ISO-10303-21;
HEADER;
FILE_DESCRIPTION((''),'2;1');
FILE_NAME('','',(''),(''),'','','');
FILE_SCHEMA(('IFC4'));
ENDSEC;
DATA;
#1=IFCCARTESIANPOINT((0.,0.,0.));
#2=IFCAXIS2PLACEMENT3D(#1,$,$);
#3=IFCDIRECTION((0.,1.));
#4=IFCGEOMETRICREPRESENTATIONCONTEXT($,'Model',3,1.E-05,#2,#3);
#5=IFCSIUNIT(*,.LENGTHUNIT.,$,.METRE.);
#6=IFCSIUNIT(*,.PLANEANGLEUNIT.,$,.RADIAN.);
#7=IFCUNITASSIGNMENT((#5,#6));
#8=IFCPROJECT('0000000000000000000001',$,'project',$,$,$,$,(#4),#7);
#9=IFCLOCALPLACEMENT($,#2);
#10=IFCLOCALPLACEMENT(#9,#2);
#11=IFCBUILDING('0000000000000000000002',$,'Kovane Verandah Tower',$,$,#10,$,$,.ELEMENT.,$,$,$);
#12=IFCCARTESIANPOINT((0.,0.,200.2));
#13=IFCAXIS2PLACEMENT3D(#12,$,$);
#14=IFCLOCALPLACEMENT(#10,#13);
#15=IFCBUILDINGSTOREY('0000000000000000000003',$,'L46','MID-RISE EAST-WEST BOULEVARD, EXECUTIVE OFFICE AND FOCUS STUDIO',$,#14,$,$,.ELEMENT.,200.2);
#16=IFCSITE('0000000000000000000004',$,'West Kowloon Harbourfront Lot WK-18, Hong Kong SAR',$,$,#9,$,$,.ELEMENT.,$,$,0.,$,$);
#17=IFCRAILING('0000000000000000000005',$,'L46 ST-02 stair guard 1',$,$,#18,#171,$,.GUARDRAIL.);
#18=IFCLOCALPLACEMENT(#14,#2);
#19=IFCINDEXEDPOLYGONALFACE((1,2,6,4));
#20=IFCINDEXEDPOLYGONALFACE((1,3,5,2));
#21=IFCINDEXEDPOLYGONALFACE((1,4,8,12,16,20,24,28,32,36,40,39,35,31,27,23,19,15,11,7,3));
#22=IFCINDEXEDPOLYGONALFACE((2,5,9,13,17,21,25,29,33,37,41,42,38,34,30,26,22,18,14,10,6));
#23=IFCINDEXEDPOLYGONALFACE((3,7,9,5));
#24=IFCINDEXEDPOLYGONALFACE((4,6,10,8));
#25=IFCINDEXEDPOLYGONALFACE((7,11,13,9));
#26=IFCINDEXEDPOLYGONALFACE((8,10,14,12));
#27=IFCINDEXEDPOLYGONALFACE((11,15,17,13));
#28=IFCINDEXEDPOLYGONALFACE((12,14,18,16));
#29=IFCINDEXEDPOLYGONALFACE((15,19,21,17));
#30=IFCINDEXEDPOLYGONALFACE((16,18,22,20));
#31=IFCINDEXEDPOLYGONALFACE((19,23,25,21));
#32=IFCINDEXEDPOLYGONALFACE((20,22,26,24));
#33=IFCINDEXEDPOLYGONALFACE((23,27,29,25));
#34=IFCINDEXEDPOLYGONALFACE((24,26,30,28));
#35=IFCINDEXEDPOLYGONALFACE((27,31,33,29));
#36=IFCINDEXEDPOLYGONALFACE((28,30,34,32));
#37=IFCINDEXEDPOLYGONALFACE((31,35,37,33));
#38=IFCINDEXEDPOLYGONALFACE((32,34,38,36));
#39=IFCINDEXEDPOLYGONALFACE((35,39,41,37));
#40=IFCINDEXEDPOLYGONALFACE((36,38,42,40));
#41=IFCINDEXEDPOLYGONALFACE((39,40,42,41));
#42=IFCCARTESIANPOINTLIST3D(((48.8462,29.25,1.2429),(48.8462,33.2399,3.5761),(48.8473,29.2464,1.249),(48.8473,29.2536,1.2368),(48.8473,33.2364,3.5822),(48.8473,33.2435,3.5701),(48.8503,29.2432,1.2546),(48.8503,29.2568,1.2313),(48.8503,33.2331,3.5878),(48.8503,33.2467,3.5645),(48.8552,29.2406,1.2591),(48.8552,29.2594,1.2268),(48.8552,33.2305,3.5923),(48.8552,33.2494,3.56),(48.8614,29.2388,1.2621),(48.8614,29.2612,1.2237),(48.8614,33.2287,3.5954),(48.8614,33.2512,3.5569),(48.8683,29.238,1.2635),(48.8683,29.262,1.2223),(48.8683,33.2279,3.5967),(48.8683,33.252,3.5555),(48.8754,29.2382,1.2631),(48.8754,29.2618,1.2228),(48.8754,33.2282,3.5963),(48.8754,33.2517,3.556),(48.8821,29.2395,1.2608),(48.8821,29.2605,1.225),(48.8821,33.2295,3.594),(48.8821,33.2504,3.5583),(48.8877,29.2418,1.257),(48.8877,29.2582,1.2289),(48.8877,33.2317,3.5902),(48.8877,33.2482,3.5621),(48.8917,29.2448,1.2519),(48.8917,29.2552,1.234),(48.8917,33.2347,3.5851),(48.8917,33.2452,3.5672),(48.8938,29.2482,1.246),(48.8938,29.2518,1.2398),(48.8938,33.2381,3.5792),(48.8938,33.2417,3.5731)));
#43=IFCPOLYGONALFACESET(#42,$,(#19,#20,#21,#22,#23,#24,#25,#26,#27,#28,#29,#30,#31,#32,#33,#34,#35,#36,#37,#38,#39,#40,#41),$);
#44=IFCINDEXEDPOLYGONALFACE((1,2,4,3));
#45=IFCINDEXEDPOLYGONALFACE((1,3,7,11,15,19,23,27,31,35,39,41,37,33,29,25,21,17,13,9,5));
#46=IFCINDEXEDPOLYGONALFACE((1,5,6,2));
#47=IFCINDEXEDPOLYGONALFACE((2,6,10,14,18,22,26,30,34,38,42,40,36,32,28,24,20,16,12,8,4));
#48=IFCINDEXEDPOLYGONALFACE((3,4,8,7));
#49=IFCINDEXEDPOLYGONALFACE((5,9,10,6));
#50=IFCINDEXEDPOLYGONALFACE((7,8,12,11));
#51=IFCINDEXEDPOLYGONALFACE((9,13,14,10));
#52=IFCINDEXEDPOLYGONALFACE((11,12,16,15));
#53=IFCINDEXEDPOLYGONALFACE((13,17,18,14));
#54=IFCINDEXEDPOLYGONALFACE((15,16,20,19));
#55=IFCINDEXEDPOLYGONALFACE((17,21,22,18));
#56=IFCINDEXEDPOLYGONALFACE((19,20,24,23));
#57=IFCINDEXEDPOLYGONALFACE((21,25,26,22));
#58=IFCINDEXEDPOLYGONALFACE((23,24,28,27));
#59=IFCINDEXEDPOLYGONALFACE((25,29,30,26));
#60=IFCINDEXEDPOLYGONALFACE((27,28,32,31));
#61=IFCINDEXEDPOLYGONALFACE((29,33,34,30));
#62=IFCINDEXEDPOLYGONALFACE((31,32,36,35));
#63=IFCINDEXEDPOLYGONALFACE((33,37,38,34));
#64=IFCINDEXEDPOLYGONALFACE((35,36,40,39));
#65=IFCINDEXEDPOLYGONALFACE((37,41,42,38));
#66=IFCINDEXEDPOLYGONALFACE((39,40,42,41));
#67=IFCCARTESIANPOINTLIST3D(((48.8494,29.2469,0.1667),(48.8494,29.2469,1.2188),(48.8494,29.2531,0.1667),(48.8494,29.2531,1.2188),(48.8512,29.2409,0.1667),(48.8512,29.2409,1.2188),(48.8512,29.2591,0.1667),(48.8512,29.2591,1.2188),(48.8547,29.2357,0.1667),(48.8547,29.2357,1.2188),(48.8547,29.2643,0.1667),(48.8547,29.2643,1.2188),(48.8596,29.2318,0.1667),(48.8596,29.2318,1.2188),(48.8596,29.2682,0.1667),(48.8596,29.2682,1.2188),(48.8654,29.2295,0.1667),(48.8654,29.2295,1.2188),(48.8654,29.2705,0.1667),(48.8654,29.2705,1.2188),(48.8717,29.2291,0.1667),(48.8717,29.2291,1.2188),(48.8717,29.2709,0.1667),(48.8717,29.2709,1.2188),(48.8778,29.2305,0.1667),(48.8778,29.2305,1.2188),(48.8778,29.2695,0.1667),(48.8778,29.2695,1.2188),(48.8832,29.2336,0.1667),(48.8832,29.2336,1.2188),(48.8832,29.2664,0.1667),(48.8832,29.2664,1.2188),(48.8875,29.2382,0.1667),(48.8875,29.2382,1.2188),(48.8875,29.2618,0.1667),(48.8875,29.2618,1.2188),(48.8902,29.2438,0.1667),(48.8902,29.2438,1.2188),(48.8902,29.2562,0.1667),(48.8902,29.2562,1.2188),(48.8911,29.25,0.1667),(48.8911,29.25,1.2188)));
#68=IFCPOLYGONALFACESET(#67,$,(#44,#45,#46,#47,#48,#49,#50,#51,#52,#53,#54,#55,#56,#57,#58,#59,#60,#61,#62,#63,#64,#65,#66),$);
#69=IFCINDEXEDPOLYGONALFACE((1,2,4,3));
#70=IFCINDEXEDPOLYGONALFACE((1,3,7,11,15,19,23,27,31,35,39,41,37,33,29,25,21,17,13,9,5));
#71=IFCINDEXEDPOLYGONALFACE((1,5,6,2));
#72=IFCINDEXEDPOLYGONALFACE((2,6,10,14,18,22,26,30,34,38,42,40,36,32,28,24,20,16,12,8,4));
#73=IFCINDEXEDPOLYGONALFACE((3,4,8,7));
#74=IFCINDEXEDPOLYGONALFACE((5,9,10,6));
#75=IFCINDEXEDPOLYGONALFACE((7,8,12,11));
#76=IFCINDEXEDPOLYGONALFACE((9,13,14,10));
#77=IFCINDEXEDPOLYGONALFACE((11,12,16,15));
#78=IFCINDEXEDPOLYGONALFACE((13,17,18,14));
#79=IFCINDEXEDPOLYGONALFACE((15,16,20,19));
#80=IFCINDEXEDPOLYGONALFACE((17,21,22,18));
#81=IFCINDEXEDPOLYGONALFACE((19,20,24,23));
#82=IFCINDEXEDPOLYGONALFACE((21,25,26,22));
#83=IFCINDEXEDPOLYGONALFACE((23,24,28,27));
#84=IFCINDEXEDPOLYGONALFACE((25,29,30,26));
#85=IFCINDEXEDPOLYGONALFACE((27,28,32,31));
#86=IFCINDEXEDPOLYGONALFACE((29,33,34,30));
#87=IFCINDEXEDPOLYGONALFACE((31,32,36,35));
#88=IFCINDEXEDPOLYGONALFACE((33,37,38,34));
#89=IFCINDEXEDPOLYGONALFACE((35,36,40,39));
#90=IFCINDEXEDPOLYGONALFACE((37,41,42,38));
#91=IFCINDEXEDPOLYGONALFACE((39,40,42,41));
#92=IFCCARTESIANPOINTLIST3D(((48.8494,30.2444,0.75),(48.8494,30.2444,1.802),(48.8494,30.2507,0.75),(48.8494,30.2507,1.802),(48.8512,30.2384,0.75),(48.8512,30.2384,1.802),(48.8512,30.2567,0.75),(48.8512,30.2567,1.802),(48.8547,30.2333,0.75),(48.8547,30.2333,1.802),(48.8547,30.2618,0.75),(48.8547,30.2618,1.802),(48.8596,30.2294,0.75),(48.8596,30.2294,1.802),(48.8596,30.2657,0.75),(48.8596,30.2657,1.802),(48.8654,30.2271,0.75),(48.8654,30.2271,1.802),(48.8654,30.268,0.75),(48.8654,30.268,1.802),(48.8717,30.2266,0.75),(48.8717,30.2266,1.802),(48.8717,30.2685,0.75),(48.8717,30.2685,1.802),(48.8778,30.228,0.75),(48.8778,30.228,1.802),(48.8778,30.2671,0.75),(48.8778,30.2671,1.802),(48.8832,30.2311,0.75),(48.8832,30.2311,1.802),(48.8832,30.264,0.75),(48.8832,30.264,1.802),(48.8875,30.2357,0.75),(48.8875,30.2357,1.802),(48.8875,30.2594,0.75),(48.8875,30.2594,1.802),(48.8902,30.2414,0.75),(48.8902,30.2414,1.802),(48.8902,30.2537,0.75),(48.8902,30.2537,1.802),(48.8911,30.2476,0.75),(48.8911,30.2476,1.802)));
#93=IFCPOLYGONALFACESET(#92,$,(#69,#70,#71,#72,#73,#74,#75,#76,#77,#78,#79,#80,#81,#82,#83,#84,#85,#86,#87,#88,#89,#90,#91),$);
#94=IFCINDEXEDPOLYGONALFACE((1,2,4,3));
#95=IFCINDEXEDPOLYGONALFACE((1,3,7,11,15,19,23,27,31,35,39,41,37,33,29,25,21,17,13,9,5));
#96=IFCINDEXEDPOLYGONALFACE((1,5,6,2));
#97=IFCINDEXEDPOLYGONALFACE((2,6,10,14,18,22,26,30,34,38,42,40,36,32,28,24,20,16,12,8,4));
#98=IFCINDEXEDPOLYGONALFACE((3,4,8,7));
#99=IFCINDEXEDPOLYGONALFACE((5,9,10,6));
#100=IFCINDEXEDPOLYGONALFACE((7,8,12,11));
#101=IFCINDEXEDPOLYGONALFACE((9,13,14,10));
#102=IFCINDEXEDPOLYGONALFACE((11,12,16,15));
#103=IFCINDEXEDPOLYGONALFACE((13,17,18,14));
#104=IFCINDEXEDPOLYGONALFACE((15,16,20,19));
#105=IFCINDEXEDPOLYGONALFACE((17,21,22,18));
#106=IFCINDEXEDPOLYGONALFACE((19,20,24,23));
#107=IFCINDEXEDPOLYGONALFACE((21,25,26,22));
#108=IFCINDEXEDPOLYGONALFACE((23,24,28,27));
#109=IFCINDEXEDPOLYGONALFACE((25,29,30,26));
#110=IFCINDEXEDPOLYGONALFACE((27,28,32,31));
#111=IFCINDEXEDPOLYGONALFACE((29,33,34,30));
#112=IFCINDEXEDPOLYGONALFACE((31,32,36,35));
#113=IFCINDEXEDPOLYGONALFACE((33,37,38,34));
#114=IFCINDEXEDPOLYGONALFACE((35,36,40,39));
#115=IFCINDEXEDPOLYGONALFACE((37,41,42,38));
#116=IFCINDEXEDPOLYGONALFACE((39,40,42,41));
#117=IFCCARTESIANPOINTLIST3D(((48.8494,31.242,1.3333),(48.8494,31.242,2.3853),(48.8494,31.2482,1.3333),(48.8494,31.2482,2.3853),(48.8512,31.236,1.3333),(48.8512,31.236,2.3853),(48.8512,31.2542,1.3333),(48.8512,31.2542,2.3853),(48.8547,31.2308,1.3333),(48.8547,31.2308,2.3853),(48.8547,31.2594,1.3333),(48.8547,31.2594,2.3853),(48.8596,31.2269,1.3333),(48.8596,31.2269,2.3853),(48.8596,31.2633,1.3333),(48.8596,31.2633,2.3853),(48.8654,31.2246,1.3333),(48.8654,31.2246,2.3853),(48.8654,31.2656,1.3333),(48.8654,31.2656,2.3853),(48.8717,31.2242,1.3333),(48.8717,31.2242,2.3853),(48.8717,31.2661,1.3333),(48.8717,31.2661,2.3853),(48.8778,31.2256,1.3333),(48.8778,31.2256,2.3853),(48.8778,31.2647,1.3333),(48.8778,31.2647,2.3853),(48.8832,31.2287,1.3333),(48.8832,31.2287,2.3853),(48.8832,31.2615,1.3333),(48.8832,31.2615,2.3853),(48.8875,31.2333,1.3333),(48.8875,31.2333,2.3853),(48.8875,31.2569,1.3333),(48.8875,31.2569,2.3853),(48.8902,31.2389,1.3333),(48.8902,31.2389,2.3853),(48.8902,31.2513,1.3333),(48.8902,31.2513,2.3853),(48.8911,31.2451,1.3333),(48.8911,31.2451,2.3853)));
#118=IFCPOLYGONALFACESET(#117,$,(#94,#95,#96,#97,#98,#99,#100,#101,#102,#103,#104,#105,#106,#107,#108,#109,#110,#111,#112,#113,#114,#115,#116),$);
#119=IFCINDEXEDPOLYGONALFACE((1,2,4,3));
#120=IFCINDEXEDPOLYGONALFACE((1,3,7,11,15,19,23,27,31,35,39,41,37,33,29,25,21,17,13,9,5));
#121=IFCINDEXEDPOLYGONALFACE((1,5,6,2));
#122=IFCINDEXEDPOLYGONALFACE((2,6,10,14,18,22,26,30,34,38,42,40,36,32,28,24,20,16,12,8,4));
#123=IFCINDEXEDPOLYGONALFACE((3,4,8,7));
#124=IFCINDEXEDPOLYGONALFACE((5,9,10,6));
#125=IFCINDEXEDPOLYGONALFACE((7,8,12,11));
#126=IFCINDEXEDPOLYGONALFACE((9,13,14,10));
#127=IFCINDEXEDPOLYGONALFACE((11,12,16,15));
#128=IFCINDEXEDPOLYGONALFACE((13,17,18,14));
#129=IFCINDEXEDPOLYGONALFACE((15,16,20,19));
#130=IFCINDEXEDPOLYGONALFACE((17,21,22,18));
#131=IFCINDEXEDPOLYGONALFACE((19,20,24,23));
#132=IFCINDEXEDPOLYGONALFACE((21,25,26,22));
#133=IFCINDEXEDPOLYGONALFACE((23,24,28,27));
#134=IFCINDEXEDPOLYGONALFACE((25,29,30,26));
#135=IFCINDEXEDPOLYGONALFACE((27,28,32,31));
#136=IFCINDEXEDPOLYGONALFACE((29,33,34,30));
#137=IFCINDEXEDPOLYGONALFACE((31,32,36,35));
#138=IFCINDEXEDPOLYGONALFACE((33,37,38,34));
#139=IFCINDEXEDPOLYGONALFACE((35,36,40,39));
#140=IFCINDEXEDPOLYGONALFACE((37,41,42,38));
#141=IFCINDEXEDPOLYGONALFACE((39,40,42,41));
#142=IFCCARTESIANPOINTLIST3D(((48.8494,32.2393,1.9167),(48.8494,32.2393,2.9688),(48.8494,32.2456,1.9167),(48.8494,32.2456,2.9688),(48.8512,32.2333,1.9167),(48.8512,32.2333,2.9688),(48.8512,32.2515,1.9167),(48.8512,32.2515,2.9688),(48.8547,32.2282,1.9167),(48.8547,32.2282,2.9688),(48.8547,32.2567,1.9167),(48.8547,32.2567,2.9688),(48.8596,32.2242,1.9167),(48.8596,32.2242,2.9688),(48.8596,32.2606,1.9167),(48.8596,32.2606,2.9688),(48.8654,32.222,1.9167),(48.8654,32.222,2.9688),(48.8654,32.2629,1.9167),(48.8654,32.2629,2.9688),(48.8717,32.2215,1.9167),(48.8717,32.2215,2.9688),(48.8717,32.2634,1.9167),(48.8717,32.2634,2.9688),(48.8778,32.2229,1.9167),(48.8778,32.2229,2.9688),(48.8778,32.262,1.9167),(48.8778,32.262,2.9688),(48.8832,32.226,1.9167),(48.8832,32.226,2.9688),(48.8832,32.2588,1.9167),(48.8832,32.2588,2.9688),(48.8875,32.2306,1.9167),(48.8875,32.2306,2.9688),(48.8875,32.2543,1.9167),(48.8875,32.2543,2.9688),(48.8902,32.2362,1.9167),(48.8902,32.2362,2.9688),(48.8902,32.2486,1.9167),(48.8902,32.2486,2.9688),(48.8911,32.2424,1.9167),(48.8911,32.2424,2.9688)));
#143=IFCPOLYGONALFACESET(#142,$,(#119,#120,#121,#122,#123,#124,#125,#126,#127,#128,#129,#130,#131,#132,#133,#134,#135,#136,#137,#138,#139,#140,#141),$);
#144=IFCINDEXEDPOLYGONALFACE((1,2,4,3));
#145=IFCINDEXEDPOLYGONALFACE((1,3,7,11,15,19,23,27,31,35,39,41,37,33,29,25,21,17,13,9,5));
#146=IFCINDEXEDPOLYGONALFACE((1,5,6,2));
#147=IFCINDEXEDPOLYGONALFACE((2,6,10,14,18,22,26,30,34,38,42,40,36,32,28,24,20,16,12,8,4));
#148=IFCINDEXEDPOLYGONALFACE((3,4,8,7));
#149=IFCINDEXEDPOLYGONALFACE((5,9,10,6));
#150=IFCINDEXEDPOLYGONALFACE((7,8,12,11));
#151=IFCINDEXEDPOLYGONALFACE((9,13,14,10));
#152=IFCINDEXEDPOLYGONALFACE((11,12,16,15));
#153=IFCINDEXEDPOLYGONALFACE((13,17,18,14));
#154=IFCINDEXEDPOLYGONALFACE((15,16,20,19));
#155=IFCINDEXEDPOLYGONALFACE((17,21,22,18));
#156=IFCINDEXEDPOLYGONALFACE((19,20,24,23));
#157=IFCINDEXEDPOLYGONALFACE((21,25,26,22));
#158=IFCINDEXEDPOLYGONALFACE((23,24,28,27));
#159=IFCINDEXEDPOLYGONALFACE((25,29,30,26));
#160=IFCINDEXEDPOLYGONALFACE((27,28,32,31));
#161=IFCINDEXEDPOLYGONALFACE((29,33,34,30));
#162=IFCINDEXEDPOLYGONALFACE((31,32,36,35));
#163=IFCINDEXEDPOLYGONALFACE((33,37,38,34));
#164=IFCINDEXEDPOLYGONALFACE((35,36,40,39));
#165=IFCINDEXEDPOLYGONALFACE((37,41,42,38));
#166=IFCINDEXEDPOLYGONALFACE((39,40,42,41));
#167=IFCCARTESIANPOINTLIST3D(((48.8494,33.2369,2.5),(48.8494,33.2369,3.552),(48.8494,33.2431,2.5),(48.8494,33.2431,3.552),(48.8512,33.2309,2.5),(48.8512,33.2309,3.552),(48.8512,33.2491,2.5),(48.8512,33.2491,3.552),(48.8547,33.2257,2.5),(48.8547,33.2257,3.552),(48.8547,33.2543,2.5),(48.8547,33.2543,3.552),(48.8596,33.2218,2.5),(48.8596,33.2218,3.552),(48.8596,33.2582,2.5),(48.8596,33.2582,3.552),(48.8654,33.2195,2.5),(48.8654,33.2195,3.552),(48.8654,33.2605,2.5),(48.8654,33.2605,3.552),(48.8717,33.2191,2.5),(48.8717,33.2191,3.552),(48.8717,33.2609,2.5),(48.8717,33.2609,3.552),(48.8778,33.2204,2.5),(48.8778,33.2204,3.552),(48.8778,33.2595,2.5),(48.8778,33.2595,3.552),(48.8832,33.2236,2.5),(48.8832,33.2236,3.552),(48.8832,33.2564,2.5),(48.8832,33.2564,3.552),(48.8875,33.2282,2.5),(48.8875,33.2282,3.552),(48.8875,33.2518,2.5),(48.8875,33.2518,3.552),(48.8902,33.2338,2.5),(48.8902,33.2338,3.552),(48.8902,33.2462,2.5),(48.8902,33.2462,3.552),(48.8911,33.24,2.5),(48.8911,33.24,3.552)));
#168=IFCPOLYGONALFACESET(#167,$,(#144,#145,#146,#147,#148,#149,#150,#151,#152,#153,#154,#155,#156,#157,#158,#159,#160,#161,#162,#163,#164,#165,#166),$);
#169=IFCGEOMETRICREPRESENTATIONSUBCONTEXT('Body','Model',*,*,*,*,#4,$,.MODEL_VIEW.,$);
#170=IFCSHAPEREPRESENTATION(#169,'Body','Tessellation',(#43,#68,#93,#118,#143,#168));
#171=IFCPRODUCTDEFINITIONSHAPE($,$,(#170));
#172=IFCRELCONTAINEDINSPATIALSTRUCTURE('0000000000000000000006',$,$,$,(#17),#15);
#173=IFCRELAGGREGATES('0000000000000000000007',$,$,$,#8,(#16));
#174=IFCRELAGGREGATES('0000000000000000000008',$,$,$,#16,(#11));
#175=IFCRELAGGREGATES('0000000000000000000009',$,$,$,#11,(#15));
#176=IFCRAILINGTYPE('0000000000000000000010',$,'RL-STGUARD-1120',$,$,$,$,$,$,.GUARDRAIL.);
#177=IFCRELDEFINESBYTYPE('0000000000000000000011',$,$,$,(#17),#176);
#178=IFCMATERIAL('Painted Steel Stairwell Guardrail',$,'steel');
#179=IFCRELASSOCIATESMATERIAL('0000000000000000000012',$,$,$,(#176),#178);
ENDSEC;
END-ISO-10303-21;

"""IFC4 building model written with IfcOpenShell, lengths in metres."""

from ifc_helpers import new_model, si_unit, direction, frame, origin, origin_2d, place, context, subcontext, project, spatial, circle, extrude, material, type_object, element, save


model = new_model("IFC4")

# Units and contexts
model_context = context("Model", 3, precision=1e-05, world=origin(), true_north=direction((0.0, 1.0)))
body_context = subcontext(model_context, "Body", "Model", "MODEL_VIEW")
ifc_project = project(units=[si_unit("LENGTHUNIT", "METRE"), si_unit("PLANEANGLEUNIT", "RADIAN")], contexts=[model_context])

# Site, building, storey
site_placement = place(None, origin())
site = spatial("IfcSite", under=ifc_project, at=site_placement, Name="West Kowloon Harbourfront Lot WK-18, Hong Kong SAR", CompositionType="ELEMENT", RefElevation=0.0)
building_placement = place(site_placement, origin())
building = spatial("IfcBuilding", under=site, at=building_placement, Name="Kovane Verandah Tower", CompositionType="ELEMENT")
storey_placement = place(building_placement, frame((0.0, 0.0, 200.2)))
storey = spatial("IfcBuildingStorey", under=building, at=storey_placement, Name="L46", Description="MID-RISE EAST-WEST BOULEVARD, EXECUTIVE OFFICE AND FOCUS STUDIO", CompositionType="ELEMENT", Elevation=200.2)

# Railing
ifc_material_1 = material(Name="Painted Steel Stairwell Guardrail", Category="steel")
railing_type_1 = type_object("IfcRailingType", Name="RL-STGUARD-1120", PredefinedType="GUARDRAIL", material=ifc_material_1)
railing_1_placement = place(storey_placement, frame((48.8701, 29.25, 0.1667)))
element("IfcRailing", 1, at=railing_1_placement, inside=storey, type_object=railing_type_1, Name="L46 ST-02 stair guard 1", PredefinedType="GUARDRAIL", context=body_context, shape_type="SweptSolid", body=[
    extrude(circle(Radius=0.0239, at=origin_2d()), frame((0.0, 0.0, 1.0762), z_axis=(0.0, 0.863236, 0.5048), x_axis=(-1.0, 0.0, 0.0)), (0.0, 0.0, 1.0), 4.6221),
    extrude(circle(Radius=0.021, at=origin_2d()), origin(), (0.0, 0.0, 1.0), 1.052),
    extrude(circle(Radius=0.021, at=origin_2d()), frame((0.0, 0.9976, 0.5833)), (0.0, 0.0, 1.0), 1.052),
    extrude(circle(Radius=0.021, at=origin_2d()), frame((0.0, 1.9951, 1.1665)), (0.0, 0.0, 1.0), 1.052),
    extrude(circle(Radius=0.021, at=origin_2d()), frame((0.0, 2.9924, 1.75)), (0.0, 0.0, 1.0), 1.052),
    extrude(circle(Radius=0.021, at=origin_2d()), frame((0.0, 3.99, 2.3333)), (0.0, 0.0, 1.0), 1.052),
])

save(model, "model.ifc")
